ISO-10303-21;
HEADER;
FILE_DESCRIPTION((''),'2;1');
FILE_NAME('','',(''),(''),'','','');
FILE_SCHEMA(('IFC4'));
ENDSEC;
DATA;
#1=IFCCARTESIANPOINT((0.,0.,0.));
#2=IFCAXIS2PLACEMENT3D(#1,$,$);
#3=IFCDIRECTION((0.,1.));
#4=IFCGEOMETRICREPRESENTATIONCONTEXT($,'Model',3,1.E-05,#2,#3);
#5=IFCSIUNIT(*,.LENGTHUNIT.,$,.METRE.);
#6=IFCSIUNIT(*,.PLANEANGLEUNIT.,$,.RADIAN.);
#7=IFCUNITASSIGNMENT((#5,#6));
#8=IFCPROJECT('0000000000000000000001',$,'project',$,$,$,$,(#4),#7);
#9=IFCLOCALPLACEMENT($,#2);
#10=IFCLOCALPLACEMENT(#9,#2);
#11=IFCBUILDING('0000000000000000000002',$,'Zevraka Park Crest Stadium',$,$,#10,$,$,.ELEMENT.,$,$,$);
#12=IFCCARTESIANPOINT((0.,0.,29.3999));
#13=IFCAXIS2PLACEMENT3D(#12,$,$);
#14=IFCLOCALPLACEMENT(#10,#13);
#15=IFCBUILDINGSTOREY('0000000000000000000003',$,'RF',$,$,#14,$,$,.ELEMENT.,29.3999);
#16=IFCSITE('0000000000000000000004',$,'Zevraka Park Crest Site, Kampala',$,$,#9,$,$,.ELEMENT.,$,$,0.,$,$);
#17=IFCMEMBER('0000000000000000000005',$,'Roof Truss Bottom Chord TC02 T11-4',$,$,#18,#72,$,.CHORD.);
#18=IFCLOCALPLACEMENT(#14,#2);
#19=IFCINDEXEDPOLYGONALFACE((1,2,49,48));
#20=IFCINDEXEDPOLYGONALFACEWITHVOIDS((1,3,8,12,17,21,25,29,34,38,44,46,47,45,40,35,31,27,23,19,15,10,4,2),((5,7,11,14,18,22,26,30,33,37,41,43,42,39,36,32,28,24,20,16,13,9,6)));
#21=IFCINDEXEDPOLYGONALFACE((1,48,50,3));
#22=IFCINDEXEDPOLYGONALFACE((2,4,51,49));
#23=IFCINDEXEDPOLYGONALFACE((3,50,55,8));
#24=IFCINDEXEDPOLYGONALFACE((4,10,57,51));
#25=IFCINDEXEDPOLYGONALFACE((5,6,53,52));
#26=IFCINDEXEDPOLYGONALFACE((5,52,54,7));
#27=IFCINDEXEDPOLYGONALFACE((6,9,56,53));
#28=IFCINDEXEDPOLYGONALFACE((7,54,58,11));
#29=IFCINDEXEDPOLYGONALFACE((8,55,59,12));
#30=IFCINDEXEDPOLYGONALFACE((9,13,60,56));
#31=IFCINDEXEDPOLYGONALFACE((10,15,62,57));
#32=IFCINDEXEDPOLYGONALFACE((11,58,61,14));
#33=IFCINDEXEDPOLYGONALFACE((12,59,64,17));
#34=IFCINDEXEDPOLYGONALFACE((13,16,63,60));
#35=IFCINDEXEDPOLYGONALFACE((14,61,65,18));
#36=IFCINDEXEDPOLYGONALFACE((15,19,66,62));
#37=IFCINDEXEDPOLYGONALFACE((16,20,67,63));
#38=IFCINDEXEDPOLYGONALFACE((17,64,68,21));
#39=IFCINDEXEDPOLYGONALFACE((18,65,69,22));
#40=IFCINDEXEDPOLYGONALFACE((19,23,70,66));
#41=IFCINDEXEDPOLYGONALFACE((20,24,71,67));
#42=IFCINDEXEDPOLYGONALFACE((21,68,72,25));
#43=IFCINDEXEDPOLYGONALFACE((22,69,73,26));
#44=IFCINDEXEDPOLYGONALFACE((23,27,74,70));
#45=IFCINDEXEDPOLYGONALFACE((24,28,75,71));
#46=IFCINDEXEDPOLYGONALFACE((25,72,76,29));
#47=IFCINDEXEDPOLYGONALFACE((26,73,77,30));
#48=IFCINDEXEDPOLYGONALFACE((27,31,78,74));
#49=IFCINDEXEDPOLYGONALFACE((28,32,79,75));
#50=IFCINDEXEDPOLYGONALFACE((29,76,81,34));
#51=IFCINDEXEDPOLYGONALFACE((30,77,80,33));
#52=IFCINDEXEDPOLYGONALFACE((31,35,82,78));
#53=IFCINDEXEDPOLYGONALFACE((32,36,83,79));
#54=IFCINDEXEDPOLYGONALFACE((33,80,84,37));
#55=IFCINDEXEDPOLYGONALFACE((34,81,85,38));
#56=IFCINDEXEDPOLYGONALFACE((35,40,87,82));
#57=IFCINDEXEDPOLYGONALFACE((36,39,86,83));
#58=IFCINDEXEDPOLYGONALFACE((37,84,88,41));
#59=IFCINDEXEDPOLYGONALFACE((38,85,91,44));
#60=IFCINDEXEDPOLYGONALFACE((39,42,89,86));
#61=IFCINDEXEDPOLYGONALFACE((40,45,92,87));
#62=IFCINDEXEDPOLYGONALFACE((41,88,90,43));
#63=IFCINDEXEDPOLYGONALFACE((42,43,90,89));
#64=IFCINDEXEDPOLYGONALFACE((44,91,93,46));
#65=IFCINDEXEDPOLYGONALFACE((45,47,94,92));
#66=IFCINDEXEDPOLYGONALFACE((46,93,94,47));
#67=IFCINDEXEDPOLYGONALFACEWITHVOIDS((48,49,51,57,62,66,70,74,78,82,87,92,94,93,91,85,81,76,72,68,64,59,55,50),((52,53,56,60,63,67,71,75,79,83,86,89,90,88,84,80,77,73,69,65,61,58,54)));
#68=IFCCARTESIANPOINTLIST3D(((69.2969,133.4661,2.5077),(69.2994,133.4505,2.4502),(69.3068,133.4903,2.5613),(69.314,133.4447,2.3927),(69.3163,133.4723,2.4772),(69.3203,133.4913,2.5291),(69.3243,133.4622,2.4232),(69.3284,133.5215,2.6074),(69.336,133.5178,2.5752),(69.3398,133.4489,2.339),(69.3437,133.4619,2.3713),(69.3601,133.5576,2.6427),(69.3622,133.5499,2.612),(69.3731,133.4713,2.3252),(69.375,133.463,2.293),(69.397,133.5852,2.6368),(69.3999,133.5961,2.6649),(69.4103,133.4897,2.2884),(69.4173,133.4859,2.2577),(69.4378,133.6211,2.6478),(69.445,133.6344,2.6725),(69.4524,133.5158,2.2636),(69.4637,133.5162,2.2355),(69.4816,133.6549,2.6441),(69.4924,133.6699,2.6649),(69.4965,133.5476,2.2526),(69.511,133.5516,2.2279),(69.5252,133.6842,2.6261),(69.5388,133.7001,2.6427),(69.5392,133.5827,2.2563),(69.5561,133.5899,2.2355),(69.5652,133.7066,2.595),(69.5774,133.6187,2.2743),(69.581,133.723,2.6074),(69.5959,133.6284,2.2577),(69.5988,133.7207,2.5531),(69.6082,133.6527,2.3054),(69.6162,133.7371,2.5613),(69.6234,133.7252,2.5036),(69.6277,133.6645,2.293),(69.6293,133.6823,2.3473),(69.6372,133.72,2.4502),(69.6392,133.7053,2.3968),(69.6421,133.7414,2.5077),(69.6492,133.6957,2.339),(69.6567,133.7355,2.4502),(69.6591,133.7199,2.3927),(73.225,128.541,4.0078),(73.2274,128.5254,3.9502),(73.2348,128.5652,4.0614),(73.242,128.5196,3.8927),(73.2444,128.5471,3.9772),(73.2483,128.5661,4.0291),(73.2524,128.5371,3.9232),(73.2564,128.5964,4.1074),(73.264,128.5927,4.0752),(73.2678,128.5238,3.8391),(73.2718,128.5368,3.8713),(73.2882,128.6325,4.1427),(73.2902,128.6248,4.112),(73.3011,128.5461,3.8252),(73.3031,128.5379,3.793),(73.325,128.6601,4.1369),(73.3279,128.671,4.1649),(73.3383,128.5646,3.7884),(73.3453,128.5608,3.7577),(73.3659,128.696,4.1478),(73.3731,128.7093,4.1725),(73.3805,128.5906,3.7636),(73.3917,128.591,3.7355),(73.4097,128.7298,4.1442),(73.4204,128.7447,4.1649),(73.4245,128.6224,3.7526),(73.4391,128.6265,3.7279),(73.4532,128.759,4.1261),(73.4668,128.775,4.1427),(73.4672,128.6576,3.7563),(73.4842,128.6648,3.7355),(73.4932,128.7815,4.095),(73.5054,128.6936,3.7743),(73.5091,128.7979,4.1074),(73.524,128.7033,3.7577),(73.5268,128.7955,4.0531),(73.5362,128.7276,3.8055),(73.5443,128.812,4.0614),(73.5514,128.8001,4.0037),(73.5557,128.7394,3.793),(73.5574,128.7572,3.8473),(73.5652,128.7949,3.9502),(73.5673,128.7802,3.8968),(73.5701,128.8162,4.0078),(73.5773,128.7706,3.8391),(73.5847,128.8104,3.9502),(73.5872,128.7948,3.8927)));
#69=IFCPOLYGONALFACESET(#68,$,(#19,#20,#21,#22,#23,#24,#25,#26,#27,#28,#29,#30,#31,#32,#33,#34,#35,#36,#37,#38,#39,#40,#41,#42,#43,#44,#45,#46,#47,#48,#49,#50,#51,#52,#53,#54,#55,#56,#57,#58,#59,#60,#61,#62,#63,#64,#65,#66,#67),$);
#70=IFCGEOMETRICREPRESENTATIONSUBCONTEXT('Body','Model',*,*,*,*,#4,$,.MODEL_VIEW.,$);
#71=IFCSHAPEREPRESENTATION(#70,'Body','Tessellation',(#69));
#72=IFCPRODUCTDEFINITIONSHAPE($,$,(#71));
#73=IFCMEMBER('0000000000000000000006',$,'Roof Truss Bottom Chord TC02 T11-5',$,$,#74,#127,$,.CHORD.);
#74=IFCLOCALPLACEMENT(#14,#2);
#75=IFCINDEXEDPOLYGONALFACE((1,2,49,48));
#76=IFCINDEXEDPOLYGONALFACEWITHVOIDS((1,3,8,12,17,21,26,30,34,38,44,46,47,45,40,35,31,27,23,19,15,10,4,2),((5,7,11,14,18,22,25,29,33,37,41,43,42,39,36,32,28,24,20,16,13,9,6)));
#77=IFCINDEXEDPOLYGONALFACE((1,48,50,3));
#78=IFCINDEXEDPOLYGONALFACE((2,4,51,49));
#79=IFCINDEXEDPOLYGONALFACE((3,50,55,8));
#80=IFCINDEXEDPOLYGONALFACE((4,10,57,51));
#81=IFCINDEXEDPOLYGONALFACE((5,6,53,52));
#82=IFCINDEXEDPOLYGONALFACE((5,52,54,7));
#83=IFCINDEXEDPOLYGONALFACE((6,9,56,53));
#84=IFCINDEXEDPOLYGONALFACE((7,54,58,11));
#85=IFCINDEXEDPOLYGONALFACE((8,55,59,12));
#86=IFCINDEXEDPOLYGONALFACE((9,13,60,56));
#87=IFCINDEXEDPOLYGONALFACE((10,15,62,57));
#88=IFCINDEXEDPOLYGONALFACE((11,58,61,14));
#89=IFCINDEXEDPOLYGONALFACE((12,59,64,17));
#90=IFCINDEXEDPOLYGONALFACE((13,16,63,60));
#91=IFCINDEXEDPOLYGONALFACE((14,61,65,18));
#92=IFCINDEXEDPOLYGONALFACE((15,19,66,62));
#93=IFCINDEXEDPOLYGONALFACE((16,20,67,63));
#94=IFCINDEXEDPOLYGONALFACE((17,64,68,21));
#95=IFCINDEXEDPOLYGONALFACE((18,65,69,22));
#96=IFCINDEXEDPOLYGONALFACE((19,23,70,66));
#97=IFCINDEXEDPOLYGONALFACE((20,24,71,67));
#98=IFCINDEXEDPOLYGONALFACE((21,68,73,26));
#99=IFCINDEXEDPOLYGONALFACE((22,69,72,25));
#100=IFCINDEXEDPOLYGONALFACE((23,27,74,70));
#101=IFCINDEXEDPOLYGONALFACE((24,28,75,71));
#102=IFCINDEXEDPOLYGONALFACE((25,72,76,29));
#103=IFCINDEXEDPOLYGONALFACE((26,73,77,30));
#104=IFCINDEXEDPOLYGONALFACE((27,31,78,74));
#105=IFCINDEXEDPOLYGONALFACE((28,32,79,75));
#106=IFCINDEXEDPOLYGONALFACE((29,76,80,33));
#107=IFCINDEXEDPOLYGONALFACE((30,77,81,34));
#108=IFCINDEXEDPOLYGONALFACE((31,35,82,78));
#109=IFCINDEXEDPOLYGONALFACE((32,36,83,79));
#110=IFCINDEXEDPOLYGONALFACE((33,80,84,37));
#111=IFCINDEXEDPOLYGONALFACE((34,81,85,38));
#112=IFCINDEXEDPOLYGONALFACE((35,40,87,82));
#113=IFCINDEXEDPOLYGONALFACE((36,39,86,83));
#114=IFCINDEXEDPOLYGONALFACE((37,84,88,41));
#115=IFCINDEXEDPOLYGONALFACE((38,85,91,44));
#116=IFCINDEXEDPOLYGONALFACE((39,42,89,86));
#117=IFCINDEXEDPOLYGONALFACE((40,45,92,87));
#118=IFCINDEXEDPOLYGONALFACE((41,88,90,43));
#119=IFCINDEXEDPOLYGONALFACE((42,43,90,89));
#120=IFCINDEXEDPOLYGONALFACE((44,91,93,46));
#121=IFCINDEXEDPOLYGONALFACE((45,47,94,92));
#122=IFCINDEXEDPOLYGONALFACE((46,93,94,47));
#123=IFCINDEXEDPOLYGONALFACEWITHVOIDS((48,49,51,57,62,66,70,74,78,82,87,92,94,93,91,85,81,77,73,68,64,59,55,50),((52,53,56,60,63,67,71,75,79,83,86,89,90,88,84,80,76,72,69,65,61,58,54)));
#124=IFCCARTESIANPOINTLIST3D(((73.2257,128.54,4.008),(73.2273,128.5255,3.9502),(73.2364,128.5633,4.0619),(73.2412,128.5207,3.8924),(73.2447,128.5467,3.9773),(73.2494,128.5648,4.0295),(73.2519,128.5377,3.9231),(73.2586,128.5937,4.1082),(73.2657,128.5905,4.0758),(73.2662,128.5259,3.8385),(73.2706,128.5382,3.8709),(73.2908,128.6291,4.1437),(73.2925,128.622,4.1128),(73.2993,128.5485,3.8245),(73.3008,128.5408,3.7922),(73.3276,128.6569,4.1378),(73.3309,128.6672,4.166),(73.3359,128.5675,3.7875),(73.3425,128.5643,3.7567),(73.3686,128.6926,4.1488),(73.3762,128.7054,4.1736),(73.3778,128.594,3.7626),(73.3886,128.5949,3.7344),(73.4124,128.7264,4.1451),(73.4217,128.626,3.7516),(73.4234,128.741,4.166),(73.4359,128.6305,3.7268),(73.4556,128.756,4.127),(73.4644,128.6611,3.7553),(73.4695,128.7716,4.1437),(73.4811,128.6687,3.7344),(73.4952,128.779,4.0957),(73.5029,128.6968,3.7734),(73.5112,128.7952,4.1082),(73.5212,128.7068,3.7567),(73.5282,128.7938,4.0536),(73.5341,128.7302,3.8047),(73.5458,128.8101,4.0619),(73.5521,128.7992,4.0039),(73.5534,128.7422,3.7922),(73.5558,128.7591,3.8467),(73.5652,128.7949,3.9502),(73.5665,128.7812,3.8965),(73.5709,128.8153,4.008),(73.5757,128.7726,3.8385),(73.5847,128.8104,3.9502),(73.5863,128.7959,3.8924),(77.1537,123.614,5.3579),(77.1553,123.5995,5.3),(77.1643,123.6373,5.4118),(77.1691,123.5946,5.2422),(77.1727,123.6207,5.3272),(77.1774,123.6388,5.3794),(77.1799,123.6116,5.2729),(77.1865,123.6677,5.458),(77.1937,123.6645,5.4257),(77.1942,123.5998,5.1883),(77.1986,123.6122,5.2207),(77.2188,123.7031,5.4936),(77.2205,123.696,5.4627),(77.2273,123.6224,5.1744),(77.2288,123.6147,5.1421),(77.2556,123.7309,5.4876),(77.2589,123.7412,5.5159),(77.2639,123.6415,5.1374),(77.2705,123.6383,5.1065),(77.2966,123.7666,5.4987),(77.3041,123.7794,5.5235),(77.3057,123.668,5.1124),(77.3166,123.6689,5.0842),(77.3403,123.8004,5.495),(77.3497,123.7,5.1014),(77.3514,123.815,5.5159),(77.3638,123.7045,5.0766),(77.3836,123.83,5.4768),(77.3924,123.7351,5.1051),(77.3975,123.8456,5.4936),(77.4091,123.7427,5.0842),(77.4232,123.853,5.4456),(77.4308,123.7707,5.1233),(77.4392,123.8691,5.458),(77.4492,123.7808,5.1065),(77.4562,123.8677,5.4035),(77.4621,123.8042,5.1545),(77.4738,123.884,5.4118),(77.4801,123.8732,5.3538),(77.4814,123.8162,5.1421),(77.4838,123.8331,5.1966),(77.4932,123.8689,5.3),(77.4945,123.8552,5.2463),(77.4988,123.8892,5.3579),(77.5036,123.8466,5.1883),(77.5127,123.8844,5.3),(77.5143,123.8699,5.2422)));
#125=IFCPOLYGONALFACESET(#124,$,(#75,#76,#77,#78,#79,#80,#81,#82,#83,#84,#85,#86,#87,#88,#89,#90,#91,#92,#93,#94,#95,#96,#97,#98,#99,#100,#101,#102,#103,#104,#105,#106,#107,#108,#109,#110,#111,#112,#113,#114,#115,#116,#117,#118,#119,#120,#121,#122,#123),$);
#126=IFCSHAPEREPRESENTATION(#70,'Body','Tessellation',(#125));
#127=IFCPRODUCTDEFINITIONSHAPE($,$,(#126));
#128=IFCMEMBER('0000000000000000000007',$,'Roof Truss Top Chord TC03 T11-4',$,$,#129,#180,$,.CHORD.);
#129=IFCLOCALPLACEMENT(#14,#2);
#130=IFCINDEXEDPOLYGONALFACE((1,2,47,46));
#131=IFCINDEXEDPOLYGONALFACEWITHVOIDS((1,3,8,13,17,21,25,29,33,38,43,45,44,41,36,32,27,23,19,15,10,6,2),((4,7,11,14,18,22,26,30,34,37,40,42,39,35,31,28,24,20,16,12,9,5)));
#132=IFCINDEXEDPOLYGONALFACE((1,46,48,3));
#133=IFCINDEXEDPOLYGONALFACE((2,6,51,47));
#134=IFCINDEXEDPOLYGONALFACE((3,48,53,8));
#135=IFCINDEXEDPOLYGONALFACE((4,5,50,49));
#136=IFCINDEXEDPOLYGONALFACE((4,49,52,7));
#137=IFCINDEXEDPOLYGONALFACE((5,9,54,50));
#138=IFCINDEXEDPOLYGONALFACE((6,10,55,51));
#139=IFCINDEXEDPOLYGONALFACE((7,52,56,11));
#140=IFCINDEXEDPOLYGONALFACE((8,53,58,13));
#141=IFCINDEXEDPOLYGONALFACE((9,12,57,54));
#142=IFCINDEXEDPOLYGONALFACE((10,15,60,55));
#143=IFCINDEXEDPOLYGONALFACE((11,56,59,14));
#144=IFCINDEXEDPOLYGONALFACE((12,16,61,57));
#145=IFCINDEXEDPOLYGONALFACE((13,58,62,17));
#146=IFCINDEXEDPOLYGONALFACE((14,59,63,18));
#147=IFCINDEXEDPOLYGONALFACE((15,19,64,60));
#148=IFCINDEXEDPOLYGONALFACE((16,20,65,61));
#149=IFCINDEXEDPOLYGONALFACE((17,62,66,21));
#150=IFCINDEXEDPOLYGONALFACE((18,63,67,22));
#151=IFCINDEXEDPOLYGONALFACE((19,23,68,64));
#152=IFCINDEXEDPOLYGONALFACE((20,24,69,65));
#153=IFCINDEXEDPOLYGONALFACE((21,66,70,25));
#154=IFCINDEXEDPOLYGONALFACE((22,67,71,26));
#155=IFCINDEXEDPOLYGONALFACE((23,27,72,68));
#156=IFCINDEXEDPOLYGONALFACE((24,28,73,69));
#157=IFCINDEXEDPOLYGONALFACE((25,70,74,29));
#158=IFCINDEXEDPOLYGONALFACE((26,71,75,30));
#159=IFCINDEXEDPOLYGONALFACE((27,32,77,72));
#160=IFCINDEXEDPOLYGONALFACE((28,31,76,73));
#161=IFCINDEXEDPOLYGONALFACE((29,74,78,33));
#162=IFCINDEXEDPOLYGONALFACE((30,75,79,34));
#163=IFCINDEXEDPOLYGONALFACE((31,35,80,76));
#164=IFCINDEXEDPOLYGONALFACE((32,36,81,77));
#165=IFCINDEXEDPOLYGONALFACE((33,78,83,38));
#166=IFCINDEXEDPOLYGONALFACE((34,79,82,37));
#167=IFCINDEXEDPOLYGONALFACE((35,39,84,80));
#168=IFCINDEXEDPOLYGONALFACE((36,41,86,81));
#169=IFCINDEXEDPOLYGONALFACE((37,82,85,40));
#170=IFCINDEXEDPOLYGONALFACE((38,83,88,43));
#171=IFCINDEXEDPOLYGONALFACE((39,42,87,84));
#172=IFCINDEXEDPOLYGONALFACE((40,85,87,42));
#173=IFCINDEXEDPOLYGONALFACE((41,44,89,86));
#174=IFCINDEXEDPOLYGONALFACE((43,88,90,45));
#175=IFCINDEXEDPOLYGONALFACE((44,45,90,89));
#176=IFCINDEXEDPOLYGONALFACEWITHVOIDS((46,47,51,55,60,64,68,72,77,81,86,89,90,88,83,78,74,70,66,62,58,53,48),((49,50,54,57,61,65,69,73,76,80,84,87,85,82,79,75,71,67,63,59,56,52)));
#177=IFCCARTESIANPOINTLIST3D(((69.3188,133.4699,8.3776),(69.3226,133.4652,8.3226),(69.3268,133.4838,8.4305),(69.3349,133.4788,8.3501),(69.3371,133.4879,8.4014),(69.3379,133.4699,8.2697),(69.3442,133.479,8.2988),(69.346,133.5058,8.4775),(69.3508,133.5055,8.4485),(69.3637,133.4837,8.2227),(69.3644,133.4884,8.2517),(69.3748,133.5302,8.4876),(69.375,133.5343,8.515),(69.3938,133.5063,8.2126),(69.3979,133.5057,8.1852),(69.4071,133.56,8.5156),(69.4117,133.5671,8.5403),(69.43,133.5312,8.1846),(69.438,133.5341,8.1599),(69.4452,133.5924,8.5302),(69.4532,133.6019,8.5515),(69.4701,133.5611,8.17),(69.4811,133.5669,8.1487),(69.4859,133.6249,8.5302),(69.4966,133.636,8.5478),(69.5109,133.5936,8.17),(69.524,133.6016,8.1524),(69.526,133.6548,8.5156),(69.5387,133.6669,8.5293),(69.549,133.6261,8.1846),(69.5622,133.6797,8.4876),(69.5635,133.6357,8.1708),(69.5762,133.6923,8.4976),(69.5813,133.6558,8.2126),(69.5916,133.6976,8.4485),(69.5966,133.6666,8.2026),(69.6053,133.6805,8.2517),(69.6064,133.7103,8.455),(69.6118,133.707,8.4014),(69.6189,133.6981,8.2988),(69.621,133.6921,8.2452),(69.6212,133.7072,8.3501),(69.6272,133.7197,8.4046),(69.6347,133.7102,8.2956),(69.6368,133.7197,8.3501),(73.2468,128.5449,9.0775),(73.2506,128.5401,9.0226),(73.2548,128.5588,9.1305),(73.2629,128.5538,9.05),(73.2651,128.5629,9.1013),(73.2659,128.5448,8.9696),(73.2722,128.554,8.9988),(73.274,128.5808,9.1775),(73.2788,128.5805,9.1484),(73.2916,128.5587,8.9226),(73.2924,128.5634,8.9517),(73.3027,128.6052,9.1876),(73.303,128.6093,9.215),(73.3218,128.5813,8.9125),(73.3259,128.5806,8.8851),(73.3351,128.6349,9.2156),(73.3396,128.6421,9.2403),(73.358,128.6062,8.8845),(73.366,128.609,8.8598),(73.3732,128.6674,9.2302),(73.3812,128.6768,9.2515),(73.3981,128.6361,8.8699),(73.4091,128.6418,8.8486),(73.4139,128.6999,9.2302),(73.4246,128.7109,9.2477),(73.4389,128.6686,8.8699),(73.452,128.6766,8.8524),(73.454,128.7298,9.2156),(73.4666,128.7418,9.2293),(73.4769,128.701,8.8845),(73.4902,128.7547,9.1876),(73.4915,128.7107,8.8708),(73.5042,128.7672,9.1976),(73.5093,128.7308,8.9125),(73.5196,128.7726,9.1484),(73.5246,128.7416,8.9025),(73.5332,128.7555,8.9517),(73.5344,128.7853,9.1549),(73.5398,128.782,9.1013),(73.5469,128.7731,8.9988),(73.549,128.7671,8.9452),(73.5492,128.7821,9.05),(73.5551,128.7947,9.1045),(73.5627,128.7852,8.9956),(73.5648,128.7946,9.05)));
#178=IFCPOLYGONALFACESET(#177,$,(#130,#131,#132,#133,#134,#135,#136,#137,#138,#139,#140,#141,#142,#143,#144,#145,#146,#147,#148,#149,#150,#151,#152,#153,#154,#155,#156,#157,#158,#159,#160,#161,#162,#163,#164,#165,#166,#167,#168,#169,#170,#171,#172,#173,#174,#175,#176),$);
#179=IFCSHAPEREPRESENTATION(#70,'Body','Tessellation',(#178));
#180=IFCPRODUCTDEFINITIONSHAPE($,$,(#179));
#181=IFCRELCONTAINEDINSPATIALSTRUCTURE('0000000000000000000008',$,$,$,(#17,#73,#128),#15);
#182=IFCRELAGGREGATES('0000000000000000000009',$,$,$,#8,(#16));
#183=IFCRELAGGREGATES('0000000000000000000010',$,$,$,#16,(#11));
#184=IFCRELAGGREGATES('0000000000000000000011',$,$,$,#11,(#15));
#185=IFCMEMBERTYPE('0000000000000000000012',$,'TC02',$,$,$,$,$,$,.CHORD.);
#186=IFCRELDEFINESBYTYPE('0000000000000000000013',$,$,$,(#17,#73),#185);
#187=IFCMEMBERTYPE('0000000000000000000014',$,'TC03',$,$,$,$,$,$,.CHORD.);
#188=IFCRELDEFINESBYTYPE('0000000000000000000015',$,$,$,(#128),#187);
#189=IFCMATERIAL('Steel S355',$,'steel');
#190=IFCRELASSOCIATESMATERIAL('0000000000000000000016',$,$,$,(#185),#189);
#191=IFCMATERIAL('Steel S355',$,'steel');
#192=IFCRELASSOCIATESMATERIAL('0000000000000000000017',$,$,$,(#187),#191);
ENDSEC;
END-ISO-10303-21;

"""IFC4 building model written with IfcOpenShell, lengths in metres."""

from ifc_helpers import new_model, si_unit, direction, frame, origin, origin_2d, place, context, subcontext, project, spatial, hollow_circle, extrude, material, material_profile, profile_set, type_object, element, save


model = new_model("IFC4")

# Units and contexts
model_context = context("Model", 3, precision=1e-05, world=origin(), true_north=direction((0.0, 1.0)))
body_context = subcontext(model_context, "Body", "Model", "MODEL_VIEW")
ifc_project = project(units=[si_unit("LENGTHUNIT", "METRE"), si_unit("PLANEANGLEUNIT", "RADIAN")], contexts=[model_context])

# Site, building, storey
site_placement = place(None, origin())
site = spatial("IfcSite", under=ifc_project, at=site_placement, Name="Zevraka Park Crest Site, Kampala", CompositionType="ELEMENT", RefElevation=0.0)
building_placement = place(site_placement, origin())
building = spatial("IfcBuilding", under=site, at=building_placement, Name="Zevraka Park Crest Stadium", CompositionType="ELEMENT")
storey_placement = place(building_placement, frame((0.0, 0.0, 29.3999)))
storey = spatial("IfcBuildingStorey", under=building, at=storey_placement, Name="RF", CompositionType="ELEMENT", Elevation=29.3999)

# Members
ifc_material_1 = material(Name="Steel S355", Category="steel")
ifc_material_profile_1 = material_profile(ifc_material_1, hollow_circle(Radius=0.2285, WallThickness=0.0249, at=origin_2d()), Name="CHS 457.0x25")
ifc_profile_set_1 = profile_set([ifc_material_profile_1], Name="Steel S355")
member_type_1 = type_object("IfcMemberType", Name="TC02", PredefinedType="CHORD", material=ifc_profile_set_1)
member_1_placement = place(storey_placement, frame((69.478, 133.593, 2.4502), z_axis=(0.606569, -0.760539, 0.231634), x_axis=(0.781802, 0.623527, 0.0)))
element("IfcMember", 1, at=member_1_placement, inside=storey, type_object=member_type_1, Name="Roof Truss Bottom Chord TC02 T11-4", PredefinedType="CHORD", context=body_context, shape_type="SweptSolid", body=[
    extrude(hollow_circle(Radius=0.2285, WallThickness=0.0249, at=origin_2d()), origin(), (0.0, 0.0, 1.0), 6.4758),
])
member_2_placement = place(storey_placement, frame((73.406, 128.668, 3.9502), z_axis=(0.609617, -0.764512, 0.209495), x_axis=(0.781862, 0.623451, 0.0)))
element("IfcMember", 2, at=member_2_placement, inside=storey, type_object=member_type_1, Name="Roof Truss Bottom Chord TC02 T11-5", PredefinedType="CHORD", context=body_context, shape_type="SweptSolid", body=[
    extrude(hollow_circle(Radius=0.2285, WallThickness=0.0249, at=origin_2d()), origin(), (0.0, 0.0, 1.0), 6.4434),
])
ifc_material_2 = material(Name="Steel S355", Category="steel")
ifc_material_profile_2 = material_profile(ifc_material_2, hollow_circle(Radius=0.2031, WallThickness=0.02, at=origin_2d()), Name="CHS 406.4x20")
ifc_profile_set_2 = profile_set([ifc_material_profile_2], Name="Steel S355")
member_type_2 = type_object("IfcMemberType", Name="TC03", PredefinedType="CHORD", material=ifc_profile_set_2)
member_3_placement = place(storey_placement, frame((69.478, 133.593, 8.3501), z_axis=(0.619713, -0.77702, 0.110431), x_axis=(0.781802, 0.623527, 0.0)))
element("IfcMember", 3, at=member_3_placement, inside=storey, type_object=member_type_2, Name="Roof Truss Top Chord TC03 T11-4", PredefinedType="CHORD", context=body_context, shape_type="SweptSolid", body=[
    extrude(hollow_circle(Radius=0.2031, WallThickness=0.02, at=origin_2d()), origin(), (0.0, 0.0, 1.0), 6.3384),
])

save(model, "model.ifc")
